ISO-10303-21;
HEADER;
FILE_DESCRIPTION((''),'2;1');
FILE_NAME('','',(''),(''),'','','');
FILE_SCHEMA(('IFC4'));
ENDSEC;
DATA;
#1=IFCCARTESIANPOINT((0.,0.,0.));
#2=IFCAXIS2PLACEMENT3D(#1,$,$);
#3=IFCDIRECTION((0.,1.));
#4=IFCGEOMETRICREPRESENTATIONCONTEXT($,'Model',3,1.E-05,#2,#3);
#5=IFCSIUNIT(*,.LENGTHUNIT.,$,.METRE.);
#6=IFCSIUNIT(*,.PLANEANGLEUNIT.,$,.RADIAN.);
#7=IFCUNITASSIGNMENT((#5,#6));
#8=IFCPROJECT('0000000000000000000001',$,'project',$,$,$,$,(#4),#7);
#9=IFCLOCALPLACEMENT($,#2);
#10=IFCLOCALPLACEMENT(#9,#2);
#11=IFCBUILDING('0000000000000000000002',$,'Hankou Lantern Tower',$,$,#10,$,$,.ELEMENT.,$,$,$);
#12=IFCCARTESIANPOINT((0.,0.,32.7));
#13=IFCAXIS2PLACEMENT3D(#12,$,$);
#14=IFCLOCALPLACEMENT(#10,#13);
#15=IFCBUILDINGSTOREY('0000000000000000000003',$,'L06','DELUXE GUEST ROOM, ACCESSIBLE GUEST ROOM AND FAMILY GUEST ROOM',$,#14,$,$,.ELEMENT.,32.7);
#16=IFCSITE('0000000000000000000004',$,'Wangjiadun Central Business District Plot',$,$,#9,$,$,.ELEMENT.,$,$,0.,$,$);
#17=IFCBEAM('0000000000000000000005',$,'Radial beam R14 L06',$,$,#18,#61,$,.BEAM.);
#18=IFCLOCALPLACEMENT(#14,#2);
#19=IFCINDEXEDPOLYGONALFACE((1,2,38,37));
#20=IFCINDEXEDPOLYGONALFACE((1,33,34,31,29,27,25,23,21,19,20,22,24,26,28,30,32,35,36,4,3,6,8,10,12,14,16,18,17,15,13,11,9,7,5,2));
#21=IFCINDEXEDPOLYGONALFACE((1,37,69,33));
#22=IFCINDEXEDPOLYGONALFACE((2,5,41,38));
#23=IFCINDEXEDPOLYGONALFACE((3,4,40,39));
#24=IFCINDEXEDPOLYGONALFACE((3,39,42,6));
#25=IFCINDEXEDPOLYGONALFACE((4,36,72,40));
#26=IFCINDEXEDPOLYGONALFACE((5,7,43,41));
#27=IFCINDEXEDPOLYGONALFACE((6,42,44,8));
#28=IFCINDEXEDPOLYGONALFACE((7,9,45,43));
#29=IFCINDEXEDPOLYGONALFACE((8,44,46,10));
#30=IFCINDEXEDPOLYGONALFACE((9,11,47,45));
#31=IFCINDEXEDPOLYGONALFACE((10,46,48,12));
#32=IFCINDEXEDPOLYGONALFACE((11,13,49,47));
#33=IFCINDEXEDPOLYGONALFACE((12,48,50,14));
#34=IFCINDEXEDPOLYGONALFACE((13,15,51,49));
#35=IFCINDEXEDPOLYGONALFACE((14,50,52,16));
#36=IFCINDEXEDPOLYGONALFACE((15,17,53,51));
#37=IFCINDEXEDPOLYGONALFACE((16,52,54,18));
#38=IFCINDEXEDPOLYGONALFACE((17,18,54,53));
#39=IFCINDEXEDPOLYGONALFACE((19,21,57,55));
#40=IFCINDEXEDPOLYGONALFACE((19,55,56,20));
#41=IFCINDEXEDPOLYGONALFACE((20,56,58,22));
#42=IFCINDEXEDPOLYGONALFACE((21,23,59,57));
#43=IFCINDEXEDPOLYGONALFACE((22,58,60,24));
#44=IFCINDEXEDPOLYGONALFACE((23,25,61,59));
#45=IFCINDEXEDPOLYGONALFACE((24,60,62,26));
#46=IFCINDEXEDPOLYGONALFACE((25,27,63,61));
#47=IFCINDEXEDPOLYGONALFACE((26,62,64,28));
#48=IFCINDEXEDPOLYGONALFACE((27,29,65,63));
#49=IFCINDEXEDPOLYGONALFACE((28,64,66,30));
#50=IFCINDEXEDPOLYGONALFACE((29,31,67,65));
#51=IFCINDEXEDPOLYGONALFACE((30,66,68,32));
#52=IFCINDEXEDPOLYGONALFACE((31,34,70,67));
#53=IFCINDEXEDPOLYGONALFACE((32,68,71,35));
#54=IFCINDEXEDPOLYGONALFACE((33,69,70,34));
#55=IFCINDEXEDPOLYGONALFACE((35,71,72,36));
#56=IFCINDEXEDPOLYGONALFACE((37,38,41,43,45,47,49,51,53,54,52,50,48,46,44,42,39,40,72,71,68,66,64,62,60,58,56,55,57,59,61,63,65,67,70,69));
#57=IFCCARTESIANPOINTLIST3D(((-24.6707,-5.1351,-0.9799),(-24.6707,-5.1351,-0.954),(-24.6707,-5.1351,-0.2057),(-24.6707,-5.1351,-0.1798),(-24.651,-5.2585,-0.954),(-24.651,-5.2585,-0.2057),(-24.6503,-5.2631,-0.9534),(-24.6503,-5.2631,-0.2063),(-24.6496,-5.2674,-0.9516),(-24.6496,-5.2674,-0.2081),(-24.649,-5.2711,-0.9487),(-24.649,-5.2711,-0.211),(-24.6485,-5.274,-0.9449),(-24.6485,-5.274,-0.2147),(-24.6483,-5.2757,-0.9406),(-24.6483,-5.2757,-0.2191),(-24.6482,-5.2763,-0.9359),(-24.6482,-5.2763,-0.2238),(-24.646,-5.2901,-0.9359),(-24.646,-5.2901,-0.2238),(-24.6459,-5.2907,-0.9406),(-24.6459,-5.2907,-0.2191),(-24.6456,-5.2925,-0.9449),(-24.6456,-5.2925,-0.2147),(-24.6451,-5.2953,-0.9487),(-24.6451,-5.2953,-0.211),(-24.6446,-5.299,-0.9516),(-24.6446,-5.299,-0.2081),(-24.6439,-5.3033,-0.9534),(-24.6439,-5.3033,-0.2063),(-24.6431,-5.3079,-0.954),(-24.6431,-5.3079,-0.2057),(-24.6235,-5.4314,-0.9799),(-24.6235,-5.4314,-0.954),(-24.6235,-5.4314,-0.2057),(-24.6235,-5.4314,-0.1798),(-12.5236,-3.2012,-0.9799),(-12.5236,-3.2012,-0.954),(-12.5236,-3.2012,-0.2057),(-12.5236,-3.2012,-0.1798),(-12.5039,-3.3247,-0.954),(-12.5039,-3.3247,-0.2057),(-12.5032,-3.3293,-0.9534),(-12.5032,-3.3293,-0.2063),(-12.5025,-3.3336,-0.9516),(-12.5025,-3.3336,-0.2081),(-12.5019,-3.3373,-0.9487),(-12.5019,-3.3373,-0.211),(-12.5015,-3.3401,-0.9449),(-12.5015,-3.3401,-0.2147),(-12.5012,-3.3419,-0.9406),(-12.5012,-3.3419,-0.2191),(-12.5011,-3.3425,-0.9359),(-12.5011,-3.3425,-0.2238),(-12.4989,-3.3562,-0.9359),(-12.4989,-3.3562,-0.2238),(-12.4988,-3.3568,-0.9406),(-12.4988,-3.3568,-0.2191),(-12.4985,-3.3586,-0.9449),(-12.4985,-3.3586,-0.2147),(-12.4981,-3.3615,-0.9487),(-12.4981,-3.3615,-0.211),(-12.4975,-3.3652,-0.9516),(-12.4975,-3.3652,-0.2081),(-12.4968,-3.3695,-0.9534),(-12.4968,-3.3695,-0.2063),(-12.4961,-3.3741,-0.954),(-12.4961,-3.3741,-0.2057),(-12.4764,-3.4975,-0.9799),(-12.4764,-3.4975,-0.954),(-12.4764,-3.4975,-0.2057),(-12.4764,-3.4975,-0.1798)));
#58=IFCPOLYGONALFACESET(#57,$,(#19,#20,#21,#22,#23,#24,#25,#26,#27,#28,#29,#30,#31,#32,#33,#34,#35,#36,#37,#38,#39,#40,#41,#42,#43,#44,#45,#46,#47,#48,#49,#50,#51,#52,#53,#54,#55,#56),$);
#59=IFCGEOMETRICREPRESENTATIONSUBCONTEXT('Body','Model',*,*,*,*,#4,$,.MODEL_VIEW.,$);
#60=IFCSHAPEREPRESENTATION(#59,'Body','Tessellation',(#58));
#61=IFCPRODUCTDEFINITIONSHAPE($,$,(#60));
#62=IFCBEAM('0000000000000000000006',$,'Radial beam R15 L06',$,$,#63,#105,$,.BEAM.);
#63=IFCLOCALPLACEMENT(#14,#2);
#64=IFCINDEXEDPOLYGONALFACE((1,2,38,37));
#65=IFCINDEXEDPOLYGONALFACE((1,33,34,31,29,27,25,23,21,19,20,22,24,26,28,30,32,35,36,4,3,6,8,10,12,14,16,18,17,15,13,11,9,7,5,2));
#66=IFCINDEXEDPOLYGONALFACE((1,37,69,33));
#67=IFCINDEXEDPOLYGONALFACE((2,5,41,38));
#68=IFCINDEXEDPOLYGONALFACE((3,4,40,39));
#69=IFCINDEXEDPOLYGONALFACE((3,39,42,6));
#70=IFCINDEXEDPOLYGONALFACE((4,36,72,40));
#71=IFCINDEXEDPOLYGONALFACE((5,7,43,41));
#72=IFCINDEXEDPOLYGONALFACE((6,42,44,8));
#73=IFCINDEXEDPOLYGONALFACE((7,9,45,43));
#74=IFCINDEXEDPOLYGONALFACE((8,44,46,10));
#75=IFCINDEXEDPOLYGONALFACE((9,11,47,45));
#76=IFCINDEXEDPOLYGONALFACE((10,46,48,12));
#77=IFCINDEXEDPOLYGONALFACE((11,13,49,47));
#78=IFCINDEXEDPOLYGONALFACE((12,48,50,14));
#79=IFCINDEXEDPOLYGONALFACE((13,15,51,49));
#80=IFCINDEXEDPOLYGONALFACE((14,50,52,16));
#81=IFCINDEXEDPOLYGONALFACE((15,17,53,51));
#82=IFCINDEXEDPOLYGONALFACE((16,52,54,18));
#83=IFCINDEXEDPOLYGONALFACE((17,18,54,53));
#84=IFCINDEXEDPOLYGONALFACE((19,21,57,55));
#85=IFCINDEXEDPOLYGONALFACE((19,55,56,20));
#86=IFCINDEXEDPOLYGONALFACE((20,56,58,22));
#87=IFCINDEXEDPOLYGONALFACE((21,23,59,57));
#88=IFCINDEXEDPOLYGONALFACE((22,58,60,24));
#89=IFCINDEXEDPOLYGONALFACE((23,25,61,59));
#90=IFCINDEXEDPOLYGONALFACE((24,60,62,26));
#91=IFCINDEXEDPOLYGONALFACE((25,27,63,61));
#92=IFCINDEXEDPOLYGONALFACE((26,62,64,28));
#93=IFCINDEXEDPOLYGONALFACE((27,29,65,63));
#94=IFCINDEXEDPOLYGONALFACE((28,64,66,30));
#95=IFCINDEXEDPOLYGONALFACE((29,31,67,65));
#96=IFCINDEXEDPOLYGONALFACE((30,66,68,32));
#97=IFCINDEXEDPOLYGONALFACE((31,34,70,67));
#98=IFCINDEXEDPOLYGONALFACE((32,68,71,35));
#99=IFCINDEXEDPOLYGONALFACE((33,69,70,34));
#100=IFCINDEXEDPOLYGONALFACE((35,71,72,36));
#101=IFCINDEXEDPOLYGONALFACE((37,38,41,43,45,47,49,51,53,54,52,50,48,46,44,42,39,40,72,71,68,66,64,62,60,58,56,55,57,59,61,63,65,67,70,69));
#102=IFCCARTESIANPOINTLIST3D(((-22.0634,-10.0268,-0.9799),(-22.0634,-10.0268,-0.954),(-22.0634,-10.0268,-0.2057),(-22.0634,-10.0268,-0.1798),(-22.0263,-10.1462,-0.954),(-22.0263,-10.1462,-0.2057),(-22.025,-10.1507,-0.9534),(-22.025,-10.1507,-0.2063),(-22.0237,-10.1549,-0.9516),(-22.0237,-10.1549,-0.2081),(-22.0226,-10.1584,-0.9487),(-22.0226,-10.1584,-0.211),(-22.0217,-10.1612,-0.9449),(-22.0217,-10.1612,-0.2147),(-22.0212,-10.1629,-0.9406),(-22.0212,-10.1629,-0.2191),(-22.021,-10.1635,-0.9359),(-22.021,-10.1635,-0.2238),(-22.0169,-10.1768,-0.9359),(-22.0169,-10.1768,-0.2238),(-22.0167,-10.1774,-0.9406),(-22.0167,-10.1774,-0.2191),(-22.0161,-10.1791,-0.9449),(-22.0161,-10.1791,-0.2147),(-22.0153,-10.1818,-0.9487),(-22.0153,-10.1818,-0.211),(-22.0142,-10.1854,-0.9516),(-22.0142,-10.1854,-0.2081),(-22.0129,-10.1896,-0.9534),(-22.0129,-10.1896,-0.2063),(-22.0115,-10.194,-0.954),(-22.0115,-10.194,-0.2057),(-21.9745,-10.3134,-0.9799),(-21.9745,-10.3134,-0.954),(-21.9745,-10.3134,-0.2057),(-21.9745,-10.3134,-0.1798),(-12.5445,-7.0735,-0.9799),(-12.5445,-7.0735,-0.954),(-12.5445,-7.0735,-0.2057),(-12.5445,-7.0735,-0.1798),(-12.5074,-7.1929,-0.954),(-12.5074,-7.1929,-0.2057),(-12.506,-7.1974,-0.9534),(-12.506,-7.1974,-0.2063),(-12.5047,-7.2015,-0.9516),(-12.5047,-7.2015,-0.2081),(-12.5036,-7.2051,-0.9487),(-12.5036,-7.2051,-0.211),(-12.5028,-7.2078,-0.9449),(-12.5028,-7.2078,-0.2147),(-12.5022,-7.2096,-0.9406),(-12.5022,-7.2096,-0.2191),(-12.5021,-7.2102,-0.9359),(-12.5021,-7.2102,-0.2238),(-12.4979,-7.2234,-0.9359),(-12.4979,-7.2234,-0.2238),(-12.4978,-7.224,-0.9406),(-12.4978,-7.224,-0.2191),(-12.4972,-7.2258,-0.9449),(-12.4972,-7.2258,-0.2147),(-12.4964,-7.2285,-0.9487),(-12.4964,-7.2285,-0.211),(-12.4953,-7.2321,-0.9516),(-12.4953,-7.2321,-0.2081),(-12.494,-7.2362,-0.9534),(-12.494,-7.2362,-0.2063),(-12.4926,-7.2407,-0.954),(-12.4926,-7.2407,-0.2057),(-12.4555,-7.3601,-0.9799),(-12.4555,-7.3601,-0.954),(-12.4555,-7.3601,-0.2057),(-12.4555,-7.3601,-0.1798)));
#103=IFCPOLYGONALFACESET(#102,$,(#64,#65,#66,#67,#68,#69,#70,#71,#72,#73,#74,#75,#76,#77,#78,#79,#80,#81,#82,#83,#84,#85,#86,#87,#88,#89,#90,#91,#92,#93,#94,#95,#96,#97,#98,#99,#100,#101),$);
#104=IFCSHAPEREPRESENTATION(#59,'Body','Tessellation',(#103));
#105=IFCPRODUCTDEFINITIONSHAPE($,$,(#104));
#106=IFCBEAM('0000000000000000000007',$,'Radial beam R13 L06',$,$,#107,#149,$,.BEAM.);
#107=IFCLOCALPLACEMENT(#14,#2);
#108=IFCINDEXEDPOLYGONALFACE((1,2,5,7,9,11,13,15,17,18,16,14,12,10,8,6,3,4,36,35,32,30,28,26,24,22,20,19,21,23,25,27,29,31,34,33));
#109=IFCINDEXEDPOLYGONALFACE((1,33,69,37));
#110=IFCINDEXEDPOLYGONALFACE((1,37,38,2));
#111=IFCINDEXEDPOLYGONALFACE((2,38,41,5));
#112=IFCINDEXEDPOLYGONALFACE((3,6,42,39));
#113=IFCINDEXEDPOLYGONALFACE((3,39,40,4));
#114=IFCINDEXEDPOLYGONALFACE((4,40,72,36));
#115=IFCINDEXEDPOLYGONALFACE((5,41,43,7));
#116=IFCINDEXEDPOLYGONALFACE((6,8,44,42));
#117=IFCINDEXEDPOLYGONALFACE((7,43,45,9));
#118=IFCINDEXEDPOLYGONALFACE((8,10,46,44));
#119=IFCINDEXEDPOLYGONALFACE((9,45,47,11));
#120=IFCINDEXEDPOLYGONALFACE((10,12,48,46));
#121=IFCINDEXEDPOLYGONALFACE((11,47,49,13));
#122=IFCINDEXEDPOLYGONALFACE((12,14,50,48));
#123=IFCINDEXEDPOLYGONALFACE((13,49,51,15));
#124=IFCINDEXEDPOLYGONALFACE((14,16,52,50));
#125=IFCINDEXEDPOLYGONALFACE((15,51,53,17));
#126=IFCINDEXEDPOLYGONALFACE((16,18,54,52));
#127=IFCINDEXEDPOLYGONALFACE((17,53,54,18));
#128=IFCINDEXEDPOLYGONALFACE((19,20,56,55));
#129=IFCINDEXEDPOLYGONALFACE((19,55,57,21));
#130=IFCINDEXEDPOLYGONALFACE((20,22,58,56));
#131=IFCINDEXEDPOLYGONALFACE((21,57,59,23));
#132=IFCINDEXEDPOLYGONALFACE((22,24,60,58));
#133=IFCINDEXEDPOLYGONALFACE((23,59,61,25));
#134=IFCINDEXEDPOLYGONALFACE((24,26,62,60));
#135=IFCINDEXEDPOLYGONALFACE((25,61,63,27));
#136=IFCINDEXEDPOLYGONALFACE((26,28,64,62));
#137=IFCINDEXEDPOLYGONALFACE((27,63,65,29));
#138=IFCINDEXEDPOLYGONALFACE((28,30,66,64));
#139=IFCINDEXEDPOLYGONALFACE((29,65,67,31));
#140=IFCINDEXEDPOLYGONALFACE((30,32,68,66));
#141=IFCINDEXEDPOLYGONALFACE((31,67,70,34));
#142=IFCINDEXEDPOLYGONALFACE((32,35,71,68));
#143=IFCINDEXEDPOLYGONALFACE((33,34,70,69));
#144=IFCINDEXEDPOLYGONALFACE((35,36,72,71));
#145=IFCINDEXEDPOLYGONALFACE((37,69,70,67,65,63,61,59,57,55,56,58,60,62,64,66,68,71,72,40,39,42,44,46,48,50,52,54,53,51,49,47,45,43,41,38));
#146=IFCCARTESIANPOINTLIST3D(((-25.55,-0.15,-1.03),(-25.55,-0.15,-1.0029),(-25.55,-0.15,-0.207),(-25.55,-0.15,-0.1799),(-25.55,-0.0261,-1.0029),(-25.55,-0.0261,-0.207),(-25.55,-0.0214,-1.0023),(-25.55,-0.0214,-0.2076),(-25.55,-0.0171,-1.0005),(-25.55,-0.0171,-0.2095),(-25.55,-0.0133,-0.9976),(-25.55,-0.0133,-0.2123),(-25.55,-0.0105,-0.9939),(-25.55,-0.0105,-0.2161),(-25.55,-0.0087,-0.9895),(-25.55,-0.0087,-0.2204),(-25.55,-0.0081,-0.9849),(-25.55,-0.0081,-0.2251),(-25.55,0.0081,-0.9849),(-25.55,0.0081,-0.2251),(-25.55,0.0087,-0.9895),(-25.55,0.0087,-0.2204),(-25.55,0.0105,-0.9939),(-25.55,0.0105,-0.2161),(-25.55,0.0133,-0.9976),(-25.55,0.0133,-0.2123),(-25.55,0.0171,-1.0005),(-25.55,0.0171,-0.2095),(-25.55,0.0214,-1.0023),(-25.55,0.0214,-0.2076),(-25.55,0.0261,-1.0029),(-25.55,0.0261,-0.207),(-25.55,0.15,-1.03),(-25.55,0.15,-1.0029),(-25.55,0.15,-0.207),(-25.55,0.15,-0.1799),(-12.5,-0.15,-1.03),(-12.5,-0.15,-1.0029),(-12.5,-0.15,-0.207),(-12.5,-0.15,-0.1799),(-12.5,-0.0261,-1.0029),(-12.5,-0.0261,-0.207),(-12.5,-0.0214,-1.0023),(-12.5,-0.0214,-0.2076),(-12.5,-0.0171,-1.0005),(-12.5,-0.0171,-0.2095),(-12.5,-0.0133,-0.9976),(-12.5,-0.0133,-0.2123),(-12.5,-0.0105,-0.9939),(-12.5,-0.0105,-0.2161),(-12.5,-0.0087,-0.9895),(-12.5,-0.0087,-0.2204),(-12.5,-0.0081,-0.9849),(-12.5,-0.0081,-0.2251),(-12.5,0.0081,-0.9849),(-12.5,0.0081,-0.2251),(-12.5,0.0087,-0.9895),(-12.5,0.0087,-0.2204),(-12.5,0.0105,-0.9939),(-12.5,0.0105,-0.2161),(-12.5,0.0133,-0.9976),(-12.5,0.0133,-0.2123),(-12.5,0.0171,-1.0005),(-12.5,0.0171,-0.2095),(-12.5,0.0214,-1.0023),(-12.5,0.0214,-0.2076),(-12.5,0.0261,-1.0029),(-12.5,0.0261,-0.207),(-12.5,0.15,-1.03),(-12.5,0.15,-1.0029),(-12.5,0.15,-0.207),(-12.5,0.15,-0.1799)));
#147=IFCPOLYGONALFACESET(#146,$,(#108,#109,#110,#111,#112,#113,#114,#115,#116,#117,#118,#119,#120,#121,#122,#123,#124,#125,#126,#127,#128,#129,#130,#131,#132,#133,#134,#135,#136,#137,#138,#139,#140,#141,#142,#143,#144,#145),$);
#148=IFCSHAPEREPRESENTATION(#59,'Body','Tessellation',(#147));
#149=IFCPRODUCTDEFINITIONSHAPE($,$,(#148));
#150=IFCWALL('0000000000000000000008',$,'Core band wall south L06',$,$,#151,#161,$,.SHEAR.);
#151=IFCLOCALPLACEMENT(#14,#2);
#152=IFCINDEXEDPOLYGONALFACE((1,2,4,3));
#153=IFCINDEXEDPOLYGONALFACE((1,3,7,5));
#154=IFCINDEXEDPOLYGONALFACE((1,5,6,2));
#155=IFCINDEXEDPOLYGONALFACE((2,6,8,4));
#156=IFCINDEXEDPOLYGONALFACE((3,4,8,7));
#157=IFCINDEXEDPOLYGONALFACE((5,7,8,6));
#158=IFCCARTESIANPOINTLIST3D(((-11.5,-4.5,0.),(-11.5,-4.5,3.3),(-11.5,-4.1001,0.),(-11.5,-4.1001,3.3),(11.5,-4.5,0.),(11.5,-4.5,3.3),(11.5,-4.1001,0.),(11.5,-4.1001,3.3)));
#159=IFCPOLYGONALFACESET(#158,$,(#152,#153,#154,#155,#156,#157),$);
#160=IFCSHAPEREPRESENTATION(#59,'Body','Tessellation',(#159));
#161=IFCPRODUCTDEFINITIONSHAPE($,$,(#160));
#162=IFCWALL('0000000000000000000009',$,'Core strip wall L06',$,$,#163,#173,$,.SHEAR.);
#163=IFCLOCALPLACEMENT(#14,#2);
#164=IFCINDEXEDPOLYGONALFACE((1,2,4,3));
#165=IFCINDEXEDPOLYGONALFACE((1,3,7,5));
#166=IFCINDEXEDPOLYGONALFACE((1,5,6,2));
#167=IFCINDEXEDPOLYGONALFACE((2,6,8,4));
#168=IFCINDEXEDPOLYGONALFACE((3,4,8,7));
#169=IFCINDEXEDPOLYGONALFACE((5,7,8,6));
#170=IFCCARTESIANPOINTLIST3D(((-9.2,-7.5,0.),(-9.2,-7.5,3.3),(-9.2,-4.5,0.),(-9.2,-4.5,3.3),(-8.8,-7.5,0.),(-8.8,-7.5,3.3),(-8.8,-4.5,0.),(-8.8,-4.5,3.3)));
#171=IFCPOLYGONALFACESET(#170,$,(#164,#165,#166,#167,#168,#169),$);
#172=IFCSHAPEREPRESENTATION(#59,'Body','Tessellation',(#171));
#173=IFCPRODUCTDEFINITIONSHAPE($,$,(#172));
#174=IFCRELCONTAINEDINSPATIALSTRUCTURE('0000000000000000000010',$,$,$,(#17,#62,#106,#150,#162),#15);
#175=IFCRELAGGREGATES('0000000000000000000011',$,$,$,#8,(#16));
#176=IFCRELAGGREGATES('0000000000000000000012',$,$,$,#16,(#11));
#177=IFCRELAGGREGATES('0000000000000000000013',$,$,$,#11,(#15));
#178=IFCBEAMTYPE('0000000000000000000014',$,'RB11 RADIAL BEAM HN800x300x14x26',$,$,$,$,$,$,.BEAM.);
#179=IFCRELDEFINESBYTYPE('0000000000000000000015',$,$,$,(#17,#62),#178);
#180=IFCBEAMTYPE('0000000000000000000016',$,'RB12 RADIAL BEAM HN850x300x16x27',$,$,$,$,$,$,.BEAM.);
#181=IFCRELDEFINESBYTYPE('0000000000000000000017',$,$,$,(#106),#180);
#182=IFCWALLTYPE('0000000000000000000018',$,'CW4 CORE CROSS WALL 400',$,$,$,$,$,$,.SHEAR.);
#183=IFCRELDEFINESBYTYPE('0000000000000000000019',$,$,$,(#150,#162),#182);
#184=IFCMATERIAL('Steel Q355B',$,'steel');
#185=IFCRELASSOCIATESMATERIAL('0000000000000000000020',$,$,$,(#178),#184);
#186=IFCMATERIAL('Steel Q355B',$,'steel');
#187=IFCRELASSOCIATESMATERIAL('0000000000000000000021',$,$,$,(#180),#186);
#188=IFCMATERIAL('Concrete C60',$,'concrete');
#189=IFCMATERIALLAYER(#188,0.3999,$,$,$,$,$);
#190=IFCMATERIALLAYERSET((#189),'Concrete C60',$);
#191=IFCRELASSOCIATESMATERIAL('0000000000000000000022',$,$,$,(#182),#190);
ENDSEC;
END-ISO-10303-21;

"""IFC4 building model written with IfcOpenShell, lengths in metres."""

from ifc_helpers import new_model, si_unit, direction, frame, frame_2d, origin, origin_2d, place, context, subcontext, project, spatial, rectangle, i_section, extrude, material, layer, layer_set, material_profile, profile_set, type_object, element, save


model = new_model("IFC4")

# Units and contexts
model_context = context("Model", 3, precision=1e-05, world=origin(), true_north=direction((0.0, 1.0)))
body_context = subcontext(model_context, "Body", "Model", "MODEL_VIEW")
ifc_project = project(units=[si_unit("LENGTHUNIT", "METRE"), si_unit("PLANEANGLEUNIT", "RADIAN")], contexts=[model_context])

# Site, building, storey
site_placement = place(None, origin())
site = spatial("IfcSite", under=ifc_project, at=site_placement, Name="Wangjiadun Central Business District Plot", CompositionType="ELEMENT", RefElevation=0.0)
building_placement = place(site_placement, origin())
building = spatial("IfcBuilding", under=site, at=building_placement, Name="Hankou Lantern Tower", CompositionType="ELEMENT")
storey_placement = place(building_placement, frame((0.0, 0.0, 32.7)))
storey = spatial("IfcBuildingStorey", under=building, at=storey_placement, Name="L06", Description="DELUXE GUEST ROOM, ACCESSIBLE GUEST ROOM AND FAMILY GUEST ROOM", CompositionType="ELEMENT", Elevation=32.7)

# Beams
ifc_material_1 = material(Name="Steel Q355B", Category="steel")
ifc_material_profile_1 = material_profile(ifc_material_1, i_section(OverallWidth=0.3, OverallDepth=0.8, WebThickness=0.0139, FlangeThickness=0.0259, FilletRadius=0.0181, at=origin_2d()), Name="HN800x300x14x26")
ifc_profile_set_1 = profile_set([ifc_material_profile_1], Name="Steel Q355B")
beam_type_1 = type_object("IfcBeamType", Name="RB11 RADIAL BEAM HN800x300x14x26", PredefinedType="BEAM", material=ifc_profile_set_1)
beam_1_placement = place(storey_placement, frame((-12.5, -3.3494, -0.5798), z_axis=(-0.987563, -0.157223, 0.0), x_axis=(0.157223, -0.987563, 0.0)))
element("IfcBeam", 1, at=beam_1_placement, inside=storey, type_object=beam_type_1, Name="Radial beam R14 L06", PredefinedType="BEAM", context=body_context, shape_type="SweptSolid", body=[
    extrude(i_section(OverallWidth=0.3, OverallDepth=0.8, WebThickness=0.0139, FlangeThickness=0.0259, FilletRadius=0.0181, at=origin_2d()), origin(), (0.0, 0.0, 1.0), 12.3),
])
beam_2_placement = place(storey_placement, frame((-12.5, -7.2168, -0.5798), z_axis=(-0.955087, -0.296324, 0.0), x_axis=(0.296324, -0.955087, 0.0)))
element("IfcBeam", 2, at=beam_2_placement, inside=storey, type_object=beam_type_1, Name="Radial beam R15 L06", PredefinedType="BEAM", context=body_context, shape_type="SweptSolid", body=[
    extrude(i_section(OverallWidth=0.3, OverallDepth=0.8, WebThickness=0.0139, FlangeThickness=0.0259, FilletRadius=0.0181, at=origin_2d()), origin(), (0.0, 0.0, 1.0), 9.9666),
])
ifc_material_2 = material(Name="Steel Q355B", Category="steel")
ifc_material_profile_2 = material_profile(ifc_material_2, i_section(OverallWidth=0.3, OverallDepth=0.8501, WebThickness=0.0161, FlangeThickness=0.0271, FilletRadius=0.0181, at=origin_2d()), Name="HN850x300x16x27")
ifc_profile_set_2 = profile_set([ifc_material_profile_2], Name="Steel Q355B")
beam_type_2 = type_object("IfcBeamType", Name="RB12 RADIAL BEAM HN850x300x16x27", PredefinedType="BEAM", material=ifc_profile_set_2)
beam_3_placement = place(storey_placement, frame((-12.5, 0.0, -0.605), z_axis=(-1.0, 0.0, 0.0), x_axis=(0.0, -1.0, 0.0)))
element("IfcBeam", 3, at=beam_3_placement, inside=storey, type_object=beam_type_2, Name="Radial beam R13 L06", PredefinedType="BEAM", context=body_context, shape_type="SweptSolid", body=[
    extrude(i_section(OverallWidth=0.3, OverallDepth=0.8501, WebThickness=0.0161, FlangeThickness=0.0271, FilletRadius=0.0181, at=origin_2d()), origin(), (0.0, 0.0, 1.0), 13.05),
])

# Walls
ifc_material_3 = material(Name="Concrete C60", Category="concrete")
ifc_layer_1 = layer(ifc_material_3, 0.3999)
ifc_layer_set_1 = layer_set([ifc_layer_1], Name="Concrete C60")
wall_type_1 = type_object("IfcWallType", Name="CW4 CORE CROSS WALL 400", PredefinedType="SHEAR", material=ifc_layer_set_1)
wall_1_placement = place(storey_placement, frame((-11.5, -4.3, 0.0), z_axis=(0.0, 0.0, 1.0), x_axis=(1.0, 0.0, 0.0)))
element("IfcWall", 4, at=wall_1_placement, inside=storey, type_object=wall_type_1, Name="Core band wall south L06", PredefinedType="SHEAR", context=body_context, shape_type="SweptSolid", body=[
    extrude(rectangle(XDim=23.0, YDim=0.3999, at=frame_2d((11.5, 0.0))), origin(), (0.0, 0.0, 1.0), 3.3),
])
wall_2_placement = place(storey_placement, frame((-9.0, -7.5, 0.0), z_axis=(0.0, 0.0, 1.0), x_axis=(0.0, 1.0, 0.0)))
element("IfcWall", 5, at=wall_2_placement, inside=storey, type_object=wall_type_1, Name="Core strip wall L06", PredefinedType="SHEAR", context=body_context, shape_type="SweptSolid", body=[
    extrude(rectangle(XDim=3.0, YDim=0.3999, at=frame_2d((1.5, 0.0))), origin(), (0.0, 0.0, 1.0), 3.3),
])

save(model, "model.ifc")
